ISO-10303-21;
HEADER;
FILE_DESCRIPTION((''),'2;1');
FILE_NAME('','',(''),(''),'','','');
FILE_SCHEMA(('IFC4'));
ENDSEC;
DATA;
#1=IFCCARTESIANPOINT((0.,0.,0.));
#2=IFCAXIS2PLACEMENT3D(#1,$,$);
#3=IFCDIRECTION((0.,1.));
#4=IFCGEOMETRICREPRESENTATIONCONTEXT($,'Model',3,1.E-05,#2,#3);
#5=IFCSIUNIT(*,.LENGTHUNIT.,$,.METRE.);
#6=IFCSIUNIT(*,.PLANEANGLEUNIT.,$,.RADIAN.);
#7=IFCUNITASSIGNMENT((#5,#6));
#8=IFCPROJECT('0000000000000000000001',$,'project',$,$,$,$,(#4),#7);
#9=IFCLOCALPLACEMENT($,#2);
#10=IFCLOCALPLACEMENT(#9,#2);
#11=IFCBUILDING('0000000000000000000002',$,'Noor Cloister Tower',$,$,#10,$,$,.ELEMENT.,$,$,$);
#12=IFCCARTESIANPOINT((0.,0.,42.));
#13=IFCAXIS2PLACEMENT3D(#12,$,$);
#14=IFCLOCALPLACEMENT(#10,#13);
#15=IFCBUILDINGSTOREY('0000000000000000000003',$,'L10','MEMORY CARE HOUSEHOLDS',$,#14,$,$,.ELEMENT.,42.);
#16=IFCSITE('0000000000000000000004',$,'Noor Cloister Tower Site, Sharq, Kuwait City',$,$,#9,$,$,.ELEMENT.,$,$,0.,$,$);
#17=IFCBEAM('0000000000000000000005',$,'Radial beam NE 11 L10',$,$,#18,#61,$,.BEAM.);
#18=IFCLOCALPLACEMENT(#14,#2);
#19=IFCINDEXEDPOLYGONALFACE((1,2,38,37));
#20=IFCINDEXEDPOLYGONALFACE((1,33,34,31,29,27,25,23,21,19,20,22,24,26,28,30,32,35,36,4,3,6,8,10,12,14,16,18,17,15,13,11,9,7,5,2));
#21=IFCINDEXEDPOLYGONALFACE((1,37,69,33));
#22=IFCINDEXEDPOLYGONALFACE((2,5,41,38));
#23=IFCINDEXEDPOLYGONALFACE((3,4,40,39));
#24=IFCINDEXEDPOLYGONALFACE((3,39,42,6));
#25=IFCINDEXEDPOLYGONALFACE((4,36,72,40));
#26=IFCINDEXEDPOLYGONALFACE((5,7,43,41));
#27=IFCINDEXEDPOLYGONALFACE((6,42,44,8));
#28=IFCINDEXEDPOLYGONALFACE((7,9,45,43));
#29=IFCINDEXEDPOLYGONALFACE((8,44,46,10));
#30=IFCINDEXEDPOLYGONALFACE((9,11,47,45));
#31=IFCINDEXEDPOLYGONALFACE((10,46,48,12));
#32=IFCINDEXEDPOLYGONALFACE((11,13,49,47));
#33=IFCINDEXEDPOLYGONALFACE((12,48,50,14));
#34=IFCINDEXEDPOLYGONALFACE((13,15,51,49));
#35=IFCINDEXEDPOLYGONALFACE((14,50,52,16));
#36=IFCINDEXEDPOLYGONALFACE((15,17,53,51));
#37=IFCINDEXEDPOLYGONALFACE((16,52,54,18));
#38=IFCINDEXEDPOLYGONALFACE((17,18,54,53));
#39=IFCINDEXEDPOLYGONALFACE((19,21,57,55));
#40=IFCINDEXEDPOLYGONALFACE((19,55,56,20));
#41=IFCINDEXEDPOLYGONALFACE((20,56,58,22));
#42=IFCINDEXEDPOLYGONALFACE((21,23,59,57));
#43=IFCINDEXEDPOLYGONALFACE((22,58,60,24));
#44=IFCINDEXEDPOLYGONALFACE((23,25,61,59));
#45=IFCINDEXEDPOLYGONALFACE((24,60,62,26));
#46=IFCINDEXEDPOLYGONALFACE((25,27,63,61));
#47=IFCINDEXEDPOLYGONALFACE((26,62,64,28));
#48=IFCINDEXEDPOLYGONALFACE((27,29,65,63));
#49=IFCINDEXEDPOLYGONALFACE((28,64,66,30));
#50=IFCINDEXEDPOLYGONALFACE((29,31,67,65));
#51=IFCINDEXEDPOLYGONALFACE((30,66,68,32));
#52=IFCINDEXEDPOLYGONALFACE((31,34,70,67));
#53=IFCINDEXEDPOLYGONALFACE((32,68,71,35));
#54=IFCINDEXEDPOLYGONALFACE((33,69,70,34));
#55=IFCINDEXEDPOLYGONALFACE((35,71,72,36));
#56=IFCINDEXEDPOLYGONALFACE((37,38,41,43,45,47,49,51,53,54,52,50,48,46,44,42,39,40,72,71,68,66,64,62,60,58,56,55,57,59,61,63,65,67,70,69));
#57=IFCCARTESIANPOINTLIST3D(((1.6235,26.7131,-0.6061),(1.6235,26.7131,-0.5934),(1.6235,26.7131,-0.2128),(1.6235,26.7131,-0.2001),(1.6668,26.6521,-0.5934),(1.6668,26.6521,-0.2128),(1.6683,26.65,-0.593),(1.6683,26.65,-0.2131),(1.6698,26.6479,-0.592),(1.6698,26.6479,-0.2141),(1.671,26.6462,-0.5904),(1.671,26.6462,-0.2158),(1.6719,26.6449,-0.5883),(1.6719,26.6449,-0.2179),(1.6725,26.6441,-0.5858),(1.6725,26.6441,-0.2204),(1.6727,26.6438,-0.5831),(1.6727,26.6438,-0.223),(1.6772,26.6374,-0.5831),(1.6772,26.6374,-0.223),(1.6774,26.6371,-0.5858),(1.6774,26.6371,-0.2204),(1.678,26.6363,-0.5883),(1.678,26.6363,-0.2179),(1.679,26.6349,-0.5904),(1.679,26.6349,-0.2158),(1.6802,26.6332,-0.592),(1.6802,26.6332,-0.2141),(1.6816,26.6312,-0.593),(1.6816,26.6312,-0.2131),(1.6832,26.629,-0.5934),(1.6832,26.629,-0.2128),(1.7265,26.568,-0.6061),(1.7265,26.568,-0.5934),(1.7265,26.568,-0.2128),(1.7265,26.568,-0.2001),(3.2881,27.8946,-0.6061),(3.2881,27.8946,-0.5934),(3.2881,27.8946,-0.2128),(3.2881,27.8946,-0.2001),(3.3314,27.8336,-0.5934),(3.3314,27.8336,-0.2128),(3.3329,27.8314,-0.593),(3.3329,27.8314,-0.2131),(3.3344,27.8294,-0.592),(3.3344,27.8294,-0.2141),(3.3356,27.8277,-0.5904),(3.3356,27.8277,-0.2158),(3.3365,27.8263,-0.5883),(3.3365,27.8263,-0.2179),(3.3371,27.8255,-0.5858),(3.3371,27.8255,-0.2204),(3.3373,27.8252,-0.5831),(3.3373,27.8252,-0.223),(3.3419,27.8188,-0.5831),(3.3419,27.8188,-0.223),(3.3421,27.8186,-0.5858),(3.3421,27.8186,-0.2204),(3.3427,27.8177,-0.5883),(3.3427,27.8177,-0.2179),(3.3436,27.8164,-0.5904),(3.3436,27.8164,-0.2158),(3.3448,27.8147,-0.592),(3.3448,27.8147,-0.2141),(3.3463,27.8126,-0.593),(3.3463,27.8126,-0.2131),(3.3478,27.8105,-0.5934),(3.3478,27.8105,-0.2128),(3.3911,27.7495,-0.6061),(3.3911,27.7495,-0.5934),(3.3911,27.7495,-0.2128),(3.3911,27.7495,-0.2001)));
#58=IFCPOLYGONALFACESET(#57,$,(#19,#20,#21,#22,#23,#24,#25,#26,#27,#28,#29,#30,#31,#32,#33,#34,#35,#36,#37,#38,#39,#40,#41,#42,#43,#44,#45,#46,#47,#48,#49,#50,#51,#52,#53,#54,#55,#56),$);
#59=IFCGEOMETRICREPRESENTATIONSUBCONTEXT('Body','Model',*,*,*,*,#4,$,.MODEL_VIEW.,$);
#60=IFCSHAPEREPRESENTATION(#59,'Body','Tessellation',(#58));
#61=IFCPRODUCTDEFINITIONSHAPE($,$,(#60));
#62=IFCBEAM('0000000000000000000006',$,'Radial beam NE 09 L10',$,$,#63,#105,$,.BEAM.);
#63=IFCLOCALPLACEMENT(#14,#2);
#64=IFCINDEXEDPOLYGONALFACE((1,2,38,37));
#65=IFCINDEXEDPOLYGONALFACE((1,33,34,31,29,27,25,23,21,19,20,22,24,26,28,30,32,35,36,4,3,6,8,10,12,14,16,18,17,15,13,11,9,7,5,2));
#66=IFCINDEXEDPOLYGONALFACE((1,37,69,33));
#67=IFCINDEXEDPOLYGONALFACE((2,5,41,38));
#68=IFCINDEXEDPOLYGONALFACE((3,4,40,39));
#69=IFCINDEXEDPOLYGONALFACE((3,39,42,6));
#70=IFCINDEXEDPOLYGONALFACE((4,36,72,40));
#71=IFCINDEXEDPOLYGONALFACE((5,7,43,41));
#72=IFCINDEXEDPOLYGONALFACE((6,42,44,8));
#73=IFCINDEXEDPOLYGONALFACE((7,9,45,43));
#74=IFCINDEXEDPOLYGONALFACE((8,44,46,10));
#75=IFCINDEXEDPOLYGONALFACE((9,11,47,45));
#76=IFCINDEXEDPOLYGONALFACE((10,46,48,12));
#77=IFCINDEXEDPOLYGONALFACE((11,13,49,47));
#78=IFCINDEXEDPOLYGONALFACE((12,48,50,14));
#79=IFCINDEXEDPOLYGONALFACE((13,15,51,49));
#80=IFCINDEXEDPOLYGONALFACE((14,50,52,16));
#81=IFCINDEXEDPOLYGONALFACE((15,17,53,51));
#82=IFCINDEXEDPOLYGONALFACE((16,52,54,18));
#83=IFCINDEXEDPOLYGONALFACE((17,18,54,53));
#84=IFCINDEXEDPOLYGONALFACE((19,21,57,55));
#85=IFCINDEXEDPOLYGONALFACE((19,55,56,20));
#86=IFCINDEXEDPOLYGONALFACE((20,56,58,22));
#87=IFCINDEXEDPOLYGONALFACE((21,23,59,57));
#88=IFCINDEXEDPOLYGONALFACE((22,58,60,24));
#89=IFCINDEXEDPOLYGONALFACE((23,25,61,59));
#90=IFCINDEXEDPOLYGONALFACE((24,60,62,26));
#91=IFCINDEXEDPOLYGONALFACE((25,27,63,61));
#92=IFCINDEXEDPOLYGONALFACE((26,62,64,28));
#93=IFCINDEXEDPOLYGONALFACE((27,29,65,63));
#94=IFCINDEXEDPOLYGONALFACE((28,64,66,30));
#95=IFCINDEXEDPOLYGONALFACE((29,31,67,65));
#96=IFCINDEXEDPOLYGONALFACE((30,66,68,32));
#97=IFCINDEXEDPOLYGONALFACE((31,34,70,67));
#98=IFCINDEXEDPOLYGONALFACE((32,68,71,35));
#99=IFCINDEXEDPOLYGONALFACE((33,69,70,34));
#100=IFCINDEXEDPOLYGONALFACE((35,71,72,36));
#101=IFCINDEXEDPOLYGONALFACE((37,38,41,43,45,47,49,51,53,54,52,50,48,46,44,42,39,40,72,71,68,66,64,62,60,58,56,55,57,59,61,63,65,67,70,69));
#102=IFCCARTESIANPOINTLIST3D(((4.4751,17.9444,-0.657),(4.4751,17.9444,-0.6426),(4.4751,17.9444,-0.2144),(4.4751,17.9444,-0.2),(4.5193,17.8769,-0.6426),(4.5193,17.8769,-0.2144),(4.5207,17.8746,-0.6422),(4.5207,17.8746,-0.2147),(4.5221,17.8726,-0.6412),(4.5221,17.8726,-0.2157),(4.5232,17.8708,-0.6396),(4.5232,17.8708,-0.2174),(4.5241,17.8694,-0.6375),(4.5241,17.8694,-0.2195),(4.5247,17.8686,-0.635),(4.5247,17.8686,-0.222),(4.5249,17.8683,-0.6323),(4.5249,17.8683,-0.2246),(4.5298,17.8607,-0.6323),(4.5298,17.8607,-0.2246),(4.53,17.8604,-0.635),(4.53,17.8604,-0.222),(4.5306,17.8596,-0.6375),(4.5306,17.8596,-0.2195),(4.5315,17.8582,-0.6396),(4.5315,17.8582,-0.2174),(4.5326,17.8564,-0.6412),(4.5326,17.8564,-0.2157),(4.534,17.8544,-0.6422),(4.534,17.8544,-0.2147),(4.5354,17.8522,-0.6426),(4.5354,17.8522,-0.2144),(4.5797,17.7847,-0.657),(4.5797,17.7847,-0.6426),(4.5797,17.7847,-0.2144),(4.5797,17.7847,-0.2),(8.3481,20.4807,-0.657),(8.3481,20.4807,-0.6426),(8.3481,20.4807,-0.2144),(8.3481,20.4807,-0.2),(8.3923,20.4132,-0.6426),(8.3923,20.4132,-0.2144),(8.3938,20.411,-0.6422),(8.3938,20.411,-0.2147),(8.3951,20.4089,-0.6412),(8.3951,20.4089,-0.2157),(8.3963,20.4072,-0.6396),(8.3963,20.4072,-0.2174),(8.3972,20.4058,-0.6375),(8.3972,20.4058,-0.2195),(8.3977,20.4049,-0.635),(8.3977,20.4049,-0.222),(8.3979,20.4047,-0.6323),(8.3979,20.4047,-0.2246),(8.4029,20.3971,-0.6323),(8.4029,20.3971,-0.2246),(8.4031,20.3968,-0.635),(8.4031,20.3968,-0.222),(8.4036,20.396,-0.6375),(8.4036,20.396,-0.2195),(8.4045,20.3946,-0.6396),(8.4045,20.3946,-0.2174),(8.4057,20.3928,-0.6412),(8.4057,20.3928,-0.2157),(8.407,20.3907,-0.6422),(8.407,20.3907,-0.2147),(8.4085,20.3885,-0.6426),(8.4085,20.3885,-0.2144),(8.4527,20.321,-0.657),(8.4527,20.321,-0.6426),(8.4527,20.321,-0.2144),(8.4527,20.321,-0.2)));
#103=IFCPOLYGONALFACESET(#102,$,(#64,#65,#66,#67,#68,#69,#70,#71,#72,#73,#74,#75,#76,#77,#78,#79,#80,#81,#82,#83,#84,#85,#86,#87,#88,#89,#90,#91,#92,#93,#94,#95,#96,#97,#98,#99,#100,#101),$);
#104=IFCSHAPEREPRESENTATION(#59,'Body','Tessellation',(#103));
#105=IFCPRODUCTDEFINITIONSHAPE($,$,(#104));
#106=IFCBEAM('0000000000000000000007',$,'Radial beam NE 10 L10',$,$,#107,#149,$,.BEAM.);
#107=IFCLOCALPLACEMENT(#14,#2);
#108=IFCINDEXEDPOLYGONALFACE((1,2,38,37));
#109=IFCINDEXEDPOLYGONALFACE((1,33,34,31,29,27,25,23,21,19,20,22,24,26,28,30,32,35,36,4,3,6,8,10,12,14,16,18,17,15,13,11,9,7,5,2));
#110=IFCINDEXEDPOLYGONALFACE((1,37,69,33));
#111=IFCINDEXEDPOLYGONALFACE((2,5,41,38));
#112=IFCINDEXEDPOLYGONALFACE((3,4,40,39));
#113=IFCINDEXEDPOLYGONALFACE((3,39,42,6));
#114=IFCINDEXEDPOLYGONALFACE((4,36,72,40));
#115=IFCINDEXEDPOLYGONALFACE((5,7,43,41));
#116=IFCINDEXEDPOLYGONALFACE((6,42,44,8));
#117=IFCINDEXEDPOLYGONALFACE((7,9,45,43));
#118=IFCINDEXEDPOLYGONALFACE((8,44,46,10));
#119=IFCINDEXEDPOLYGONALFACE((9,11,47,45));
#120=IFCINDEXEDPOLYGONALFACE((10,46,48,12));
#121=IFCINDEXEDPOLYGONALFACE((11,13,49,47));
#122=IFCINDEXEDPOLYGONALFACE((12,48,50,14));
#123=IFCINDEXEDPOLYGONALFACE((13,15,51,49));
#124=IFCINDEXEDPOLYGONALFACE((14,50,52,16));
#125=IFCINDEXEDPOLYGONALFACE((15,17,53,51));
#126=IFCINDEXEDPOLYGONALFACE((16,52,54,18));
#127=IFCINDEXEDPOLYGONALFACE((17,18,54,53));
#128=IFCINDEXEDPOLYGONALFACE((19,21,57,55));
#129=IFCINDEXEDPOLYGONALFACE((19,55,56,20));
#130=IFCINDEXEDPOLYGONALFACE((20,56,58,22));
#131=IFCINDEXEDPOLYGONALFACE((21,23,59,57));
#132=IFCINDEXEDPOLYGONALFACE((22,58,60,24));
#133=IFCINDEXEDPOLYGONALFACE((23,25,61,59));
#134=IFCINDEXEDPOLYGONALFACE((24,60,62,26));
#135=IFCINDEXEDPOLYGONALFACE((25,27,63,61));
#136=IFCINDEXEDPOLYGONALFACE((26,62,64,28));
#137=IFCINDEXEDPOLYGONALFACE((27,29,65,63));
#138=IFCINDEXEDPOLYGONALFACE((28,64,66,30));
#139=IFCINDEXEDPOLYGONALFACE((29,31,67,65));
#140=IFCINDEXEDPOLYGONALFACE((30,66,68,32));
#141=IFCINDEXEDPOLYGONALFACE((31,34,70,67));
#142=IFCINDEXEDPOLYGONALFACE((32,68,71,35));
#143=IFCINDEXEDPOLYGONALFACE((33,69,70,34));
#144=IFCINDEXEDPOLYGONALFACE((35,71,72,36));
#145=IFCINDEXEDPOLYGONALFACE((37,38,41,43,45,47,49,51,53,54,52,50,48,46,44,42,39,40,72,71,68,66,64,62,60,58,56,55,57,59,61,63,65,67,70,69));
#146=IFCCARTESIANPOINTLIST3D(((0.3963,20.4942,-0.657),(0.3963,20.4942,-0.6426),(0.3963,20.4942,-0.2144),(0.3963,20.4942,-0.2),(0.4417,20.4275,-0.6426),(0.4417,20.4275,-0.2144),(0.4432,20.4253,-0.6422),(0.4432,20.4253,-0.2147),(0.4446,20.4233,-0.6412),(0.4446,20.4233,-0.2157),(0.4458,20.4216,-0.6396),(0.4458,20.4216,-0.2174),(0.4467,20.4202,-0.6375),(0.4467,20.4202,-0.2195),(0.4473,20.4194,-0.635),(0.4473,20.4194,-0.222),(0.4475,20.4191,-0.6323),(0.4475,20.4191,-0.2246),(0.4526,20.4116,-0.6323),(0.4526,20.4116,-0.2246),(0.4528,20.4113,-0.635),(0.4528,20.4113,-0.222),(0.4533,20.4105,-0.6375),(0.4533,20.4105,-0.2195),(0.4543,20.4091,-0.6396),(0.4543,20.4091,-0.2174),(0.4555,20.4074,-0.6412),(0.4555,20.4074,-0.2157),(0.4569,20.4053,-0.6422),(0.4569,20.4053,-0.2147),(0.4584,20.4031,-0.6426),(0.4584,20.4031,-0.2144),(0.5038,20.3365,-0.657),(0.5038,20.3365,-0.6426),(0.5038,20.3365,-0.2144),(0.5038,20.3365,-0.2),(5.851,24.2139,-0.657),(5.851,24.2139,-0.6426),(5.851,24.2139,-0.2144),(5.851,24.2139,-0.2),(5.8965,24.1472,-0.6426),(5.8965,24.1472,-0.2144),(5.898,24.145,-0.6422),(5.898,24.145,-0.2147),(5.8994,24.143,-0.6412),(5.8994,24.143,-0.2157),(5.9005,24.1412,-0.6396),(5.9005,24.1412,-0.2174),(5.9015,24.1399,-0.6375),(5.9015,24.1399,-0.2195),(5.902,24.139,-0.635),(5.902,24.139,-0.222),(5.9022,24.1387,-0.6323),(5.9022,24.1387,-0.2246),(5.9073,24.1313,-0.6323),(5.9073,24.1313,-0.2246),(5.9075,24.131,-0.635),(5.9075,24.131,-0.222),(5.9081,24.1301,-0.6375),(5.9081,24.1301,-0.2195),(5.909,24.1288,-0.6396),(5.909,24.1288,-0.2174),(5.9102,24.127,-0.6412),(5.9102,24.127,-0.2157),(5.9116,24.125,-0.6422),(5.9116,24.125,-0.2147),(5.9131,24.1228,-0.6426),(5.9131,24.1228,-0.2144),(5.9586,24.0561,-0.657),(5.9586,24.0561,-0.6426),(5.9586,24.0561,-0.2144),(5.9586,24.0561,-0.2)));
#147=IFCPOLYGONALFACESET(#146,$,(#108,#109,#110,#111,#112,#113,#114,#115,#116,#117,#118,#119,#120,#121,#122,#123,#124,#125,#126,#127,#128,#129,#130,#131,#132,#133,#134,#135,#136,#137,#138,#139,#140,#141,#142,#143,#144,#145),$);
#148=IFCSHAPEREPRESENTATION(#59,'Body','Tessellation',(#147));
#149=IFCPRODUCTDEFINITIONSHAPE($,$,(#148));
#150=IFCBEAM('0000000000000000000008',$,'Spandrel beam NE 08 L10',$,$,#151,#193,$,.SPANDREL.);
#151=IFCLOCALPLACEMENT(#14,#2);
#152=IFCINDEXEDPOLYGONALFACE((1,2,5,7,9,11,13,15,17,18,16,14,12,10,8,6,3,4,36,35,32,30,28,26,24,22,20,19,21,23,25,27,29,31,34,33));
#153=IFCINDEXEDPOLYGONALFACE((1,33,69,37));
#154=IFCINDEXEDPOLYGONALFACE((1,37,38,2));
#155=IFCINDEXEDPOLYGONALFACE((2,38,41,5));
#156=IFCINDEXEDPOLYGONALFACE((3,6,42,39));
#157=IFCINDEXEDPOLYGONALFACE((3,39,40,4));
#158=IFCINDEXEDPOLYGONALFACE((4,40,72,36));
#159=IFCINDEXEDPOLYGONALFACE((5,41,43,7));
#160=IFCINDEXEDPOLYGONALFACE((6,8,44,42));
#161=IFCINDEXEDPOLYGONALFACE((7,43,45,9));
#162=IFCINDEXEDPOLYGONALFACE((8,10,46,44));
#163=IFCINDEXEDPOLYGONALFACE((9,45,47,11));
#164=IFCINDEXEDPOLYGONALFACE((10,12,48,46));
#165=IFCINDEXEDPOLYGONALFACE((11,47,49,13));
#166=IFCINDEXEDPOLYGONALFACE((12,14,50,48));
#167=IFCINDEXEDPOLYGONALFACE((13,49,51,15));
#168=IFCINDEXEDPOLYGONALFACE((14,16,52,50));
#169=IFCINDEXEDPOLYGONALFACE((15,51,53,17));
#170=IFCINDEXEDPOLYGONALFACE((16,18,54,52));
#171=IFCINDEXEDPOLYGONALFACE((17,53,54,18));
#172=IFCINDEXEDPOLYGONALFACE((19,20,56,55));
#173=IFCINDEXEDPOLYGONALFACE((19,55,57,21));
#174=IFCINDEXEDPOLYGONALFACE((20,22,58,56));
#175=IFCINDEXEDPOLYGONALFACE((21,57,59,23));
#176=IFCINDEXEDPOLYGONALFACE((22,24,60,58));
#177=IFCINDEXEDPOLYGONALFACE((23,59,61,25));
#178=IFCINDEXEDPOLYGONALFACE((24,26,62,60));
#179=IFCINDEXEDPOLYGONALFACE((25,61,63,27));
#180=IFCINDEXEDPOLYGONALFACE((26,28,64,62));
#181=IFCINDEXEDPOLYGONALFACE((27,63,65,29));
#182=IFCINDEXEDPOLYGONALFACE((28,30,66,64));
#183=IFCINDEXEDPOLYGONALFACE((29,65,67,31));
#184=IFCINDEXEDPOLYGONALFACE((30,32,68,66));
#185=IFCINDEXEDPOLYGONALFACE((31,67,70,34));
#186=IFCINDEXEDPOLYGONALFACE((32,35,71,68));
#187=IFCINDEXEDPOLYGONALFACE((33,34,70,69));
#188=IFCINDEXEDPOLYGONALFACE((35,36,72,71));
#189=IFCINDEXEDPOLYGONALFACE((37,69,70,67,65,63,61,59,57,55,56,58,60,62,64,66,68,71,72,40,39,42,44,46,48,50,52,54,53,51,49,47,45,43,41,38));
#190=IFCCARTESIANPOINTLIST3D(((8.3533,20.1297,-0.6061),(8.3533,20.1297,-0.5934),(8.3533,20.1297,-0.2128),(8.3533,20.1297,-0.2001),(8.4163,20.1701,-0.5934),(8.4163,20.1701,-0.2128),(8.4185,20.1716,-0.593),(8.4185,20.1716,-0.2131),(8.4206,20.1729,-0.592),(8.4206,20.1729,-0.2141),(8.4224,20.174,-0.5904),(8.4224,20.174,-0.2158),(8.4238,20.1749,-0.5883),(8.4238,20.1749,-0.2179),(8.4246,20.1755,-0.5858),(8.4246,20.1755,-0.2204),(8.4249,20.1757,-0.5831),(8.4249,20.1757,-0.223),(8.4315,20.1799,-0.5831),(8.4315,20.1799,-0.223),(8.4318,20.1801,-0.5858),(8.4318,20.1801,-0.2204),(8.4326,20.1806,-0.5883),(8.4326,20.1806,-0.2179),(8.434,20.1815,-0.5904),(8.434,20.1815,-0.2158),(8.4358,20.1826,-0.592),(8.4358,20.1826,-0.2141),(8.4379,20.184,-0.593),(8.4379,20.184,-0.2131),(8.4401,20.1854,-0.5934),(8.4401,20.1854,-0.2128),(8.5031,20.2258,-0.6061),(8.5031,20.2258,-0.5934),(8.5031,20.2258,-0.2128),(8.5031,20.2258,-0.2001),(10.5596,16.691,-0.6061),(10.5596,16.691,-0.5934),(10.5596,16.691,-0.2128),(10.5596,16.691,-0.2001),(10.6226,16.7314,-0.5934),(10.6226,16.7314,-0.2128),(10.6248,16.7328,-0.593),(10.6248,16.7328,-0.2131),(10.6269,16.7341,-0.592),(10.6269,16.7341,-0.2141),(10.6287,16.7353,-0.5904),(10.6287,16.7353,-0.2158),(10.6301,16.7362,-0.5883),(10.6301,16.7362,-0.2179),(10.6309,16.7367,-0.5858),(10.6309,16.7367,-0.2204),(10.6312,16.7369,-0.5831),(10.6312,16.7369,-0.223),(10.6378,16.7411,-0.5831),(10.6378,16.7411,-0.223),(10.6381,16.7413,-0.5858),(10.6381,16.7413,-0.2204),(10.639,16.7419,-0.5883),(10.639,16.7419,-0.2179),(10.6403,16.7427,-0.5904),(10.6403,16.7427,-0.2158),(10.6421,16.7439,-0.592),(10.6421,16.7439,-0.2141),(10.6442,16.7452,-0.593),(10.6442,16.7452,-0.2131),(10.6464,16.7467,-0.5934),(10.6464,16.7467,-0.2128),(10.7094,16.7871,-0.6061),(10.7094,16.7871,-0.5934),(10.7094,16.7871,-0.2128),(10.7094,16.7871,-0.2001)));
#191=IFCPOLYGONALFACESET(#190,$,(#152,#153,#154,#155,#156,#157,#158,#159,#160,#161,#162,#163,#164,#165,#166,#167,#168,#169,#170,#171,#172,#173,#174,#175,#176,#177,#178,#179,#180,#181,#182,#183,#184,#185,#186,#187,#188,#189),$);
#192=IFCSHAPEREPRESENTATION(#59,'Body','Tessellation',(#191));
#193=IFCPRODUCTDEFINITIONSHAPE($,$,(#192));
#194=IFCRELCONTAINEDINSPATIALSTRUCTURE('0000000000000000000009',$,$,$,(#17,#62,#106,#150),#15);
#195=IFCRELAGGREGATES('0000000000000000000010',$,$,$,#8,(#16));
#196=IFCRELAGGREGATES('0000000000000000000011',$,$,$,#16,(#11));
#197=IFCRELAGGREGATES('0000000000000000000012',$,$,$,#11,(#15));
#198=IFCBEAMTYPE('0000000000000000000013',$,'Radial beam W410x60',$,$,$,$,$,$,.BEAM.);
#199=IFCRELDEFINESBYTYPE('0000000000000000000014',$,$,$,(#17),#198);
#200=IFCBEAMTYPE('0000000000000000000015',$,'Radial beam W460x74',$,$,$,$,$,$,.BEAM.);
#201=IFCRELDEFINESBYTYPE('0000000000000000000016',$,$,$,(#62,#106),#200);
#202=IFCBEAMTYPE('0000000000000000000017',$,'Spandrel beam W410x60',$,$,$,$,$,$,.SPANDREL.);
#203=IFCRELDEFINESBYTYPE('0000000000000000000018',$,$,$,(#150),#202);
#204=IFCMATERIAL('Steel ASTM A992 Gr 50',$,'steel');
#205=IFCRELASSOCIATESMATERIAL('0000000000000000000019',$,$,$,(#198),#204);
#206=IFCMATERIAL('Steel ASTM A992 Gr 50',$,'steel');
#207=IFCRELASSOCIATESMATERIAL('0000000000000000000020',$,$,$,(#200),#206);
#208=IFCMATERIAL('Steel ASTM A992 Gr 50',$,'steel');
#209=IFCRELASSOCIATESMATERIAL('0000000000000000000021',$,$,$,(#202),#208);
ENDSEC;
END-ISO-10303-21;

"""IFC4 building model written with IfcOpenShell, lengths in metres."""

from ifc_helpers import new_model, si_unit, direction, frame, origin, origin_2d, place, context, subcontext, project, spatial, i_section, extrude, material, material_profile, profile_set, type_object, element, save


model = new_model("IFC4")

# Units and contexts
model_context = context("Model", 3, precision=1e-05, world=origin(), true_north=direction((0.0, 1.0)))
body_context = subcontext(model_context, "Body", "Model", "MODEL_VIEW")
ifc_project = project(units=[si_unit("LENGTHUNIT", "METRE"), si_unit("PLANEANGLEUNIT", "RADIAN")], contexts=[model_context])

# Site, building, storey
site_placement = place(None, origin())
site = spatial("IfcSite", under=ifc_project, at=site_placement, Name="Noor Cloister Tower Site, Sharq, Kuwait City", CompositionType="ELEMENT", RefElevation=0.0)
building_placement = place(site_placement, origin())
building = spatial("IfcBuilding", under=site, at=building_placement, Name="Noor Cloister Tower", CompositionType="ELEMENT")
storey_placement = place(building_placement, frame((0.0, 0.0, 42.0)))
storey = spatial("IfcBuildingStorey", under=building, at=storey_placement, Name="L10", Description="MEMORY CARE HOUSEHOLDS", CompositionType="ELEMENT", Elevation=42.0)

# Beams
ifc_material_1 = material(Name="Steel ASTM A992 Gr 50", Category="steel")
ifc_material_profile_1 = material_profile(ifc_material_1, i_section(OverallWidth=0.178, OverallDepth=0.406, WebThickness=0.0078, FlangeThickness=0.0127, FilletRadius=0.0103, at=origin_2d()), Name="W410x60")
ifc_profile_set_1 = profile_set([ifc_material_profile_1], Name="Steel ASTM A992 Gr 50")
beam_type_1 = type_object("IfcBeamType", Name="Radial beam W410x60", PredefinedType="BEAM", material=ifc_profile_set_1)
beam_1_placement = place(storey_placement, frame((3.3396, 27.822, -0.4031), z_axis=(-0.815483, -0.57878, 0.0), x_axis=(0.57878, -0.815483, 0.0)))
element("IfcBeam", 1, at=beam_1_placement, inside=storey, type_object=beam_type_1, Name="Radial beam NE 11 L10", PredefinedType="BEAM", context=body_context, shape_type="SweptSolid", body=[
    extrude(i_section(OverallWidth=0.178, OverallDepth=0.406, WebThickness=0.0078, FlangeThickness=0.0127, FilletRadius=0.0103, at=origin_2d()), origin(), (0.0, 0.0, 1.0), 2.0413),
])
ifc_material_2 = material(Name="Steel ASTM A992 Gr 50", Category="steel")
ifc_material_profile_2 = material_profile(ifc_material_2, i_section(OverallWidth=0.1909, OverallDepth=0.457, WebThickness=0.009, FlangeThickness=0.0144, FilletRadius=0.0103, at=origin_2d()), Name="W460x74")
ifc_profile_set_2 = profile_set([ifc_material_profile_2], Name="Steel ASTM A992 Gr 50")
beam_type_2 = type_object("IfcBeamType", Name="Radial beam W460x74", PredefinedType="BEAM", material=ifc_profile_set_2)
beam_2_placement = place(storey_placement, frame((8.4004, 20.4009, -0.4285), z_axis=(-0.836574, -0.547854, 0.0), x_axis=(0.547854, -0.836574, 0.0)))
element("IfcBeam", 2, at=beam_2_placement, inside=storey, type_object=beam_type_2, Name="Radial beam NE 09 L10", PredefinedType="BEAM", context=body_context, shape_type="SweptSolid", body=[
    extrude(i_section(OverallWidth=0.1909, OverallDepth=0.457, WebThickness=0.009, FlangeThickness=0.0144, FilletRadius=0.0103, at=origin_2d()), origin(), (0.0, 0.0, 1.0), 4.6296),
])
beam_3_placement = place(storey_placement, frame((5.9048, 24.135, -0.4285), z_axis=(-0.826191, -0.563391, 0.0), x_axis=(0.563391, -0.826191, 0.0)))
element("IfcBeam", 3, at=beam_3_placement, inside=storey, type_object=beam_type_2, Name="Radial beam NE 10 L10", PredefinedType="BEAM", context=body_context, shape_type="SweptSolid", body=[
    extrude(i_section(OverallWidth=0.1909, OverallDepth=0.457, WebThickness=0.009, FlangeThickness=0.0144, FilletRadius=0.0103, at=origin_2d()), origin(), (0.0, 0.0, 1.0), 6.6023),
])
ifc_material_3 = material(Name="Steel ASTM A992 Gr 50", Category="steel")
ifc_material_profile_3 = material_profile(ifc_material_3, i_section(OverallWidth=0.178, OverallDepth=0.406, WebThickness=0.0078, FlangeThickness=0.0127, FilletRadius=0.0103, at=origin_2d()), Name="W410x60")
ifc_profile_set_3 = profile_set([ifc_material_profile_3], Name="Steel ASTM A992 Gr 50")
beam_type_3 = type_object("IfcBeamType", Name="Spandrel beam W410x60", PredefinedType="SPANDREL", material=ifc_profile_set_3)
for number, where, z_axis, x_axis, name in (
    (4, (10.6345, 16.739, -0.4031), (-0.540011, 0.841658, 0.0), (-0.841658, -0.540011, 0.0), "Spandrel beam NE 08 L10"),
):
    element("IfcBeam", number, at=place(storey_placement, frame(where, z_axis=z_axis, x_axis=x_axis)), inside=storey, type_object=beam_type_3, Name=name, PredefinedType="SPANDREL", context=body_context, shape_type="SweptSolid", body=[
        extrude(i_section(OverallWidth=0.178, OverallDepth=0.406, WebThickness=0.0078, FlangeThickness=0.0127, FilletRadius=0.0103, at=origin_2d()), origin(), (0.0, 0.0, 1.0), 4.0857),
    ])

save(model, "model.ifc")
